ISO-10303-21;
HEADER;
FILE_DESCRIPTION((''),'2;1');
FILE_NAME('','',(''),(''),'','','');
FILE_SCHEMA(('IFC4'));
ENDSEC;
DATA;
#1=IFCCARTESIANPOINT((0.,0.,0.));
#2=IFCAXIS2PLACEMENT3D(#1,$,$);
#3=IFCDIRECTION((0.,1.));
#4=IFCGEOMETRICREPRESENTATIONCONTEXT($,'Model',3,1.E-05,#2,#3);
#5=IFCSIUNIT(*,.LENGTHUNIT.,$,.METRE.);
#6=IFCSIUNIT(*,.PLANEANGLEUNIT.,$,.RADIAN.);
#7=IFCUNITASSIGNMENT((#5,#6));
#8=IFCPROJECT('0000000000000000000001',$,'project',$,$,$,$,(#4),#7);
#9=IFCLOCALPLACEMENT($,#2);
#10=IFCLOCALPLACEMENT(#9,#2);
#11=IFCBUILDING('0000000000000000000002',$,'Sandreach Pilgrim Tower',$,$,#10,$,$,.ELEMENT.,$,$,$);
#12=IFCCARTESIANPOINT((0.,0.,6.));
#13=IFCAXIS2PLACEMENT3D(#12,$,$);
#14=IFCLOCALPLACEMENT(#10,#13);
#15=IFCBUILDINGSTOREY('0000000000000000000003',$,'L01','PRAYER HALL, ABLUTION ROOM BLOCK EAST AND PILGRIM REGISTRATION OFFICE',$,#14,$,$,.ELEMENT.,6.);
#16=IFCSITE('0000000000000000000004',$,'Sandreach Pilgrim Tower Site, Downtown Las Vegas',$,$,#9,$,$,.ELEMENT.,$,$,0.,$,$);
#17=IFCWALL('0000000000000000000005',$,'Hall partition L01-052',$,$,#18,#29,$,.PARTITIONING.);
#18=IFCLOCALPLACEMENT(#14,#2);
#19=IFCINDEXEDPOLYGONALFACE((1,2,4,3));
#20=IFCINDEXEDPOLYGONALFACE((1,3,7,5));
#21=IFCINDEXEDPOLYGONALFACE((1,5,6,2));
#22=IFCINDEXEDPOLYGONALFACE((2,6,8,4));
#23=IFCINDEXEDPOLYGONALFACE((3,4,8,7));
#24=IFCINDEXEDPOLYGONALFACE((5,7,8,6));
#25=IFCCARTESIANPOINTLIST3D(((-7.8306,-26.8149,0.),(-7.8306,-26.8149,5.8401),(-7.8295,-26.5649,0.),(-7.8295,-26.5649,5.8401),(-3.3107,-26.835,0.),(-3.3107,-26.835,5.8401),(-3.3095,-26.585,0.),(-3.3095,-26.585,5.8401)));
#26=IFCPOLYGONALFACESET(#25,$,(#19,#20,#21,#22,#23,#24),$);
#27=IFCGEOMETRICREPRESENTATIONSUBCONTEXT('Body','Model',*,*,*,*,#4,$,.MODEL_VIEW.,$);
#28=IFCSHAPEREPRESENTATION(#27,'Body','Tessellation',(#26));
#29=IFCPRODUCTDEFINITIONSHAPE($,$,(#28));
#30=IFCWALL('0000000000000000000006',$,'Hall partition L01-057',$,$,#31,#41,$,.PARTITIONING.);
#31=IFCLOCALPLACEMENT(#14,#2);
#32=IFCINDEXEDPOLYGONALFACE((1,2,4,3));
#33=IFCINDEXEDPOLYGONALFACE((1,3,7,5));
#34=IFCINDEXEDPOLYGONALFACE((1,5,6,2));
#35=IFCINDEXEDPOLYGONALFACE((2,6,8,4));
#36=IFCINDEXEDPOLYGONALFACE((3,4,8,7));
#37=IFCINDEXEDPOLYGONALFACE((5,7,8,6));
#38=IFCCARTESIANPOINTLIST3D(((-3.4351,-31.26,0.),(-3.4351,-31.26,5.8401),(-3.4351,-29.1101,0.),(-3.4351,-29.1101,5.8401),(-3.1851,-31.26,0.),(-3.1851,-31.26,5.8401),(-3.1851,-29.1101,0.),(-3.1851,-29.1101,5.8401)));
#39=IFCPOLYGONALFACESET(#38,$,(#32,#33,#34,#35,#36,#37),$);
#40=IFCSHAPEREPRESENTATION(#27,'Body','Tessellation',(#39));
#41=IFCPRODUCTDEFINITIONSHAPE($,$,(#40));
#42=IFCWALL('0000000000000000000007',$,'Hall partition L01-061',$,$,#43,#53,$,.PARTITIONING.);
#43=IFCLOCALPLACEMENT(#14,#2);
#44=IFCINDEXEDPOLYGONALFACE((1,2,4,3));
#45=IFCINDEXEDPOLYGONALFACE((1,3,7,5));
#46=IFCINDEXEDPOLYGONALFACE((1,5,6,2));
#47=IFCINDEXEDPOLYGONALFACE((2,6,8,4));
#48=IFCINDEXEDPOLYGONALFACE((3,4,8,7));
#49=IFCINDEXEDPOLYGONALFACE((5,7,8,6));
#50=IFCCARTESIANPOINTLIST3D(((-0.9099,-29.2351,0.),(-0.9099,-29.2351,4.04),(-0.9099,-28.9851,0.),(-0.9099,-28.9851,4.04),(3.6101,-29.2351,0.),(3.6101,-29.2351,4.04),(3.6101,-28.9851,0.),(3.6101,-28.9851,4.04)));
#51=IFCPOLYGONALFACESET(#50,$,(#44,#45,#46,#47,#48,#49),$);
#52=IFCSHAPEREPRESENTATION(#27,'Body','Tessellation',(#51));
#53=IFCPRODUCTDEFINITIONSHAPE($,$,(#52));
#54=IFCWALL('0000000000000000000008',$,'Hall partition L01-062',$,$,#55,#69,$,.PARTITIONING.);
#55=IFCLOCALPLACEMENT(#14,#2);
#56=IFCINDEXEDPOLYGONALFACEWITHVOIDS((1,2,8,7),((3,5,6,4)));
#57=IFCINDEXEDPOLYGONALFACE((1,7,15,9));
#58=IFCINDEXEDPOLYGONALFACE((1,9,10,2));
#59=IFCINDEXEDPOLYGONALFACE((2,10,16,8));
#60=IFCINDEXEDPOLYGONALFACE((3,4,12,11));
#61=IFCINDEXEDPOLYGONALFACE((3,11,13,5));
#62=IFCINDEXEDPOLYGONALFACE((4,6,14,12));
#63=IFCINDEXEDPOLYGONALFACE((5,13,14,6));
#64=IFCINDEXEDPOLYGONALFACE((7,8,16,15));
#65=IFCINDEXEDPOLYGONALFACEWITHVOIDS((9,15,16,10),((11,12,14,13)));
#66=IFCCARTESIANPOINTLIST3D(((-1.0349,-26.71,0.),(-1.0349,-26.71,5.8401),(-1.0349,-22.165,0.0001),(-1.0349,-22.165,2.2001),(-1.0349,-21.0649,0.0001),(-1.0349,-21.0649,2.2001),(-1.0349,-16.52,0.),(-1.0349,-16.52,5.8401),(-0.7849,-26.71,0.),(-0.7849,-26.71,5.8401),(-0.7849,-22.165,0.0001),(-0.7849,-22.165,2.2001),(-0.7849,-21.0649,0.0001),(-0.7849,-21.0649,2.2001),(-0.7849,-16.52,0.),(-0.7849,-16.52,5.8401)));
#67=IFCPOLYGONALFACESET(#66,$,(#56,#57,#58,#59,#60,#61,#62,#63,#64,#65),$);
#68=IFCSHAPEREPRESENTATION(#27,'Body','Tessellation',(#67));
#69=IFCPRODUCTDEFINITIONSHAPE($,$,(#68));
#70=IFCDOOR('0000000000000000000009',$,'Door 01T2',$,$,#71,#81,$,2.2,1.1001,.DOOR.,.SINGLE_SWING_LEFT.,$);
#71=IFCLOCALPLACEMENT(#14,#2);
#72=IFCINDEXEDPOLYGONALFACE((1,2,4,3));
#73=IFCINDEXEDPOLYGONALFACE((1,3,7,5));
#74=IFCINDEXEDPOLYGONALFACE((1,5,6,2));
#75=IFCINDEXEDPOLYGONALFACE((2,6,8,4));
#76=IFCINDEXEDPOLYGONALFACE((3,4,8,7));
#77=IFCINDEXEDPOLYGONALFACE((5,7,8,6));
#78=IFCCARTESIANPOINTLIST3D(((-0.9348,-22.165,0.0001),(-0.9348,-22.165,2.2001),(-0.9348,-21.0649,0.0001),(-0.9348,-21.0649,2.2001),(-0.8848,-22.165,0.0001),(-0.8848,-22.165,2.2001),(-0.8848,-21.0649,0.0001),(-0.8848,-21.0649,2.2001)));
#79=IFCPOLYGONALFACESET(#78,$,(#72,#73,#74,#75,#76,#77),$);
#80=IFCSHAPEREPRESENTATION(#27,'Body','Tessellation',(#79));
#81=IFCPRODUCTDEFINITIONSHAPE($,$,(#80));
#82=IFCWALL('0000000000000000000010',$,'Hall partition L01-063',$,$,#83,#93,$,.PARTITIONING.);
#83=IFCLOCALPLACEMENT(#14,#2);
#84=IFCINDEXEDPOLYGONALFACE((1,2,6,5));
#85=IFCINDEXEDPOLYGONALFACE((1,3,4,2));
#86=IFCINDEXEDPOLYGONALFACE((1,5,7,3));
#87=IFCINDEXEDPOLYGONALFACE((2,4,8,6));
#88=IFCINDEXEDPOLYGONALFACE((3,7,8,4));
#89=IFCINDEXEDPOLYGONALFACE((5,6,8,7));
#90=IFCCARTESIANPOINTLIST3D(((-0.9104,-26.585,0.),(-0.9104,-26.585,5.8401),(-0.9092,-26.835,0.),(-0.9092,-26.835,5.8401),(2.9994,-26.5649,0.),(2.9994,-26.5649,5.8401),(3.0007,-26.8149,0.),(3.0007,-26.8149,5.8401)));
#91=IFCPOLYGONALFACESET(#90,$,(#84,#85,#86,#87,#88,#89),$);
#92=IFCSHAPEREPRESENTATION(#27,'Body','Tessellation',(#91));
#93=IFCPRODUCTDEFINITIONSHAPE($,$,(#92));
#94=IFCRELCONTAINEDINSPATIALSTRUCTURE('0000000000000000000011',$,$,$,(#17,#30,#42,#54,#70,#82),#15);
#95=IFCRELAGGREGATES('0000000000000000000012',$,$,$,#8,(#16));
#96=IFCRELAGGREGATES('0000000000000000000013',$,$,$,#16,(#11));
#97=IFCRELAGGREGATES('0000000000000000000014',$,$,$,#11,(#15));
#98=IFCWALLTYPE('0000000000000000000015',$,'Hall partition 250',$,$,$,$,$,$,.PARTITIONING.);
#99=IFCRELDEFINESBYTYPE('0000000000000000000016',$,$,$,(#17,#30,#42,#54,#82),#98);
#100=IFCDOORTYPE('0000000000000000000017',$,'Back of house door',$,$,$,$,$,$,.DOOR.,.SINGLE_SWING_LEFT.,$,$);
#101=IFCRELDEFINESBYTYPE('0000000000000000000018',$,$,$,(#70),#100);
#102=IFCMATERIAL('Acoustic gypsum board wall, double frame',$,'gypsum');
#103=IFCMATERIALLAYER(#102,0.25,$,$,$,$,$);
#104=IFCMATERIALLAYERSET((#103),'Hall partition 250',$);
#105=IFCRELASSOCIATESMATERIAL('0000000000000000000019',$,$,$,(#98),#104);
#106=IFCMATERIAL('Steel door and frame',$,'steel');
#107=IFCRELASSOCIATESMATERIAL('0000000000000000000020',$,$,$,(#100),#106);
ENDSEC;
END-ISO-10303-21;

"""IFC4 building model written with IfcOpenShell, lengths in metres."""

from ifc_helpers import new_model, si_unit, direction, frame, frame_2d, origin, place, context, subcontext, project, spatial, rectangle, extrude, material, layer, layer_set, type_object, element, fill, save


model = new_model("IFC4")

# Units and contexts
model_context = context("Model", 3, precision=1e-05, world=origin(), true_north=direction((0.0, 1.0)))
body_context = subcontext(model_context, "Body", "Model", "MODEL_VIEW")
ifc_project = project(units=[si_unit("LENGTHUNIT", "METRE"), si_unit("PLANEANGLEUNIT", "RADIAN")], contexts=[model_context])

# Site, building, storey
site_placement = place(None, origin())
site = spatial("IfcSite", under=ifc_project, at=site_placement, Name="Sandreach Pilgrim Tower Site, Downtown Las Vegas", CompositionType="ELEMENT", RefElevation=0.0)
building_placement = place(site_placement, origin())
building = spatial("IfcBuilding", under=site, at=building_placement, Name="Sandreach Pilgrim Tower", CompositionType="ELEMENT")
storey_placement = place(building_placement, frame((0.0, 0.0, 6.0)))
storey = spatial("IfcBuildingStorey", under=building, at=storey_placement, Name="L01", Description="PRAYER HALL, ABLUTION ROOM BLOCK EAST AND PILGRIM REGISTRATION OFFICE", CompositionType="ELEMENT", Elevation=6.0)

# Shared definitions
ifc_material_1 = material(Name="Acoustic gypsum board wall, double frame", Category="gypsum")
ifc_layer = layer(ifc_material_1, 0.25)
ifc_layer_set = layer_set([ifc_layer], Name="Hall partition 250")
wall_type = type_object("IfcWallType", Name="Hall partition 250", PredefinedType="PARTITIONING", material=ifc_layer_set)

# Shared definitions
ifc_material_2 = material(Name="Steel door and frame", Category="steel")
door_type = type_object("IfcDoorType", Name="Back of house door", OperationType="SINGLE_SWING_LEFT", PredefinedType="DOOR", material=ifc_material_2)

# Walls
wall_1_placement = place(storey_placement, frame((-7.8301, -26.6899, 0.0), z_axis=(0.0, 0.0, 1.0), x_axis=(0.99999, -0.004429, 0.0)))
element("IfcWall", 1, at=wall_1_placement, inside=storey, type_object=wall_type, Name="Hall partition L01-052", PredefinedType="PARTITIONING", context=body_context, shape_type="SweptSolid", body=[
    extrude(rectangle(XDim=4.52, YDim=0.25, at=frame_2d((2.26, 0.0))), origin(), (0.0, 0.0, 1.0), 5.8401),
])
wall_2_placement = place(storey_placement, frame((-3.3101, -29.1101, 0.0), z_axis=(0.0, 0.0, 1.0), x_axis=(0.0, -1.0, 0.0)))
element("IfcWall", 2, at=wall_2_placement, inside=storey, type_object=wall_type, Name="Hall partition L01-057", PredefinedType="PARTITIONING", context=body_context, shape_type="SweptSolid", body=[
    extrude(rectangle(XDim=2.1499, YDim=0.25, at=frame_2d((1.075, 0.0))), origin(), (0.0, 0.0, 1.0), 5.8401),
])
wall_3_placement = place(storey_placement, frame((-0.9099, -29.1101, 0.0), z_axis=(0.0, 0.0, 1.0), x_axis=(1.0, 0.0, 0.0)))
element("IfcWall", 3, at=wall_3_placement, inside=storey, type_object=wall_type, Name="Hall partition L01-061", PredefinedType="PARTITIONING", context=body_context, shape_type="SweptSolid", body=[
    extrude(rectangle(XDim=4.52, YDim=0.25, at=frame_2d((2.26, 0.0))), origin(), (0.0, 0.0, 1.0), 4.04),
])

# Wall, opening, door
wall_4_placement = place(storey_placement, frame((-0.9099, -26.71, 0.0), z_axis=(0.0, 0.0, 1.0), x_axis=(0.0, 1.0, 0.0)))
wall_4 = element("IfcWall", 4, at=wall_4_placement, inside=storey, type_object=wall_type, Name="Hall partition L01-062", PredefinedType="PARTITIONING", context=body_context, shape_type="SweptSolid", body=[
    extrude(rectangle(XDim=10.1899, YDim=0.25, at=frame_2d((5.095, 0.0))), origin(), (0.0, 0.0, 1.0), 5.8401),
])
opening_1_placement = place(wall_4_placement, frame((4.5449, 0.0, 0.0)))
opening_1 = element("IfcOpeningElement", 5, at=opening_1_placement, cuts=wall_4, PredefinedType="OPENING", context=body_context, shape_type="SweptSolid", body=[
    extrude(rectangle(XDim=1.1001, YDim=2.2, at=frame_2d((0.55, 1.1001))), frame((0.0, 0.125, 0.0), z_axis=(0.0, -1.0, 0.0), x_axis=(1.0, 0.0, 0.0)), (0.0, 0.0, 1.0), 0.25),
])
door_1_placement = place(opening_1_placement, origin())
door_1 = element("IfcDoor", 6, at=door_1_placement, inside=storey, type_object=door_type, Name="Door 01T2", OperationType="SINGLE_SWING_LEFT", OverallHeight=2.2, OverallWidth=1.1001, PredefinedType="DOOR", context=body_context, shape_type="SweptSolid", body=[
    extrude(rectangle(XDim=1.1001, YDim=2.2, at=frame_2d((0.55, 1.1001))), frame((0.0, 0.0249, 0.0), z_axis=(0.0, -1.0, 0.0), x_axis=(1.0, 0.0, 0.0)), (0.0, 0.0, 1.0), 0.05),
])
fill(opening_1, door_1)

# Wall
wall_5_placement = place(storey_placement, frame((-0.9099, -26.71, 0.0), z_axis=(0.0, 0.0, 1.0), x_axis=(0.999987, 0.00512, 0.0)))
element("IfcWall", 7, at=wall_5_placement, inside=storey, type_object=wall_type, Name="Hall partition L01-063", PredefinedType="PARTITIONING", context=body_context, shape_type="SweptSolid", body=[
    extrude(rectangle(XDim=3.9099, YDim=0.25, at=frame_2d((1.9551, 0.0))), origin(), (0.0, 0.0, 1.0), 5.8401),
])

save(model, "model.ifc")
